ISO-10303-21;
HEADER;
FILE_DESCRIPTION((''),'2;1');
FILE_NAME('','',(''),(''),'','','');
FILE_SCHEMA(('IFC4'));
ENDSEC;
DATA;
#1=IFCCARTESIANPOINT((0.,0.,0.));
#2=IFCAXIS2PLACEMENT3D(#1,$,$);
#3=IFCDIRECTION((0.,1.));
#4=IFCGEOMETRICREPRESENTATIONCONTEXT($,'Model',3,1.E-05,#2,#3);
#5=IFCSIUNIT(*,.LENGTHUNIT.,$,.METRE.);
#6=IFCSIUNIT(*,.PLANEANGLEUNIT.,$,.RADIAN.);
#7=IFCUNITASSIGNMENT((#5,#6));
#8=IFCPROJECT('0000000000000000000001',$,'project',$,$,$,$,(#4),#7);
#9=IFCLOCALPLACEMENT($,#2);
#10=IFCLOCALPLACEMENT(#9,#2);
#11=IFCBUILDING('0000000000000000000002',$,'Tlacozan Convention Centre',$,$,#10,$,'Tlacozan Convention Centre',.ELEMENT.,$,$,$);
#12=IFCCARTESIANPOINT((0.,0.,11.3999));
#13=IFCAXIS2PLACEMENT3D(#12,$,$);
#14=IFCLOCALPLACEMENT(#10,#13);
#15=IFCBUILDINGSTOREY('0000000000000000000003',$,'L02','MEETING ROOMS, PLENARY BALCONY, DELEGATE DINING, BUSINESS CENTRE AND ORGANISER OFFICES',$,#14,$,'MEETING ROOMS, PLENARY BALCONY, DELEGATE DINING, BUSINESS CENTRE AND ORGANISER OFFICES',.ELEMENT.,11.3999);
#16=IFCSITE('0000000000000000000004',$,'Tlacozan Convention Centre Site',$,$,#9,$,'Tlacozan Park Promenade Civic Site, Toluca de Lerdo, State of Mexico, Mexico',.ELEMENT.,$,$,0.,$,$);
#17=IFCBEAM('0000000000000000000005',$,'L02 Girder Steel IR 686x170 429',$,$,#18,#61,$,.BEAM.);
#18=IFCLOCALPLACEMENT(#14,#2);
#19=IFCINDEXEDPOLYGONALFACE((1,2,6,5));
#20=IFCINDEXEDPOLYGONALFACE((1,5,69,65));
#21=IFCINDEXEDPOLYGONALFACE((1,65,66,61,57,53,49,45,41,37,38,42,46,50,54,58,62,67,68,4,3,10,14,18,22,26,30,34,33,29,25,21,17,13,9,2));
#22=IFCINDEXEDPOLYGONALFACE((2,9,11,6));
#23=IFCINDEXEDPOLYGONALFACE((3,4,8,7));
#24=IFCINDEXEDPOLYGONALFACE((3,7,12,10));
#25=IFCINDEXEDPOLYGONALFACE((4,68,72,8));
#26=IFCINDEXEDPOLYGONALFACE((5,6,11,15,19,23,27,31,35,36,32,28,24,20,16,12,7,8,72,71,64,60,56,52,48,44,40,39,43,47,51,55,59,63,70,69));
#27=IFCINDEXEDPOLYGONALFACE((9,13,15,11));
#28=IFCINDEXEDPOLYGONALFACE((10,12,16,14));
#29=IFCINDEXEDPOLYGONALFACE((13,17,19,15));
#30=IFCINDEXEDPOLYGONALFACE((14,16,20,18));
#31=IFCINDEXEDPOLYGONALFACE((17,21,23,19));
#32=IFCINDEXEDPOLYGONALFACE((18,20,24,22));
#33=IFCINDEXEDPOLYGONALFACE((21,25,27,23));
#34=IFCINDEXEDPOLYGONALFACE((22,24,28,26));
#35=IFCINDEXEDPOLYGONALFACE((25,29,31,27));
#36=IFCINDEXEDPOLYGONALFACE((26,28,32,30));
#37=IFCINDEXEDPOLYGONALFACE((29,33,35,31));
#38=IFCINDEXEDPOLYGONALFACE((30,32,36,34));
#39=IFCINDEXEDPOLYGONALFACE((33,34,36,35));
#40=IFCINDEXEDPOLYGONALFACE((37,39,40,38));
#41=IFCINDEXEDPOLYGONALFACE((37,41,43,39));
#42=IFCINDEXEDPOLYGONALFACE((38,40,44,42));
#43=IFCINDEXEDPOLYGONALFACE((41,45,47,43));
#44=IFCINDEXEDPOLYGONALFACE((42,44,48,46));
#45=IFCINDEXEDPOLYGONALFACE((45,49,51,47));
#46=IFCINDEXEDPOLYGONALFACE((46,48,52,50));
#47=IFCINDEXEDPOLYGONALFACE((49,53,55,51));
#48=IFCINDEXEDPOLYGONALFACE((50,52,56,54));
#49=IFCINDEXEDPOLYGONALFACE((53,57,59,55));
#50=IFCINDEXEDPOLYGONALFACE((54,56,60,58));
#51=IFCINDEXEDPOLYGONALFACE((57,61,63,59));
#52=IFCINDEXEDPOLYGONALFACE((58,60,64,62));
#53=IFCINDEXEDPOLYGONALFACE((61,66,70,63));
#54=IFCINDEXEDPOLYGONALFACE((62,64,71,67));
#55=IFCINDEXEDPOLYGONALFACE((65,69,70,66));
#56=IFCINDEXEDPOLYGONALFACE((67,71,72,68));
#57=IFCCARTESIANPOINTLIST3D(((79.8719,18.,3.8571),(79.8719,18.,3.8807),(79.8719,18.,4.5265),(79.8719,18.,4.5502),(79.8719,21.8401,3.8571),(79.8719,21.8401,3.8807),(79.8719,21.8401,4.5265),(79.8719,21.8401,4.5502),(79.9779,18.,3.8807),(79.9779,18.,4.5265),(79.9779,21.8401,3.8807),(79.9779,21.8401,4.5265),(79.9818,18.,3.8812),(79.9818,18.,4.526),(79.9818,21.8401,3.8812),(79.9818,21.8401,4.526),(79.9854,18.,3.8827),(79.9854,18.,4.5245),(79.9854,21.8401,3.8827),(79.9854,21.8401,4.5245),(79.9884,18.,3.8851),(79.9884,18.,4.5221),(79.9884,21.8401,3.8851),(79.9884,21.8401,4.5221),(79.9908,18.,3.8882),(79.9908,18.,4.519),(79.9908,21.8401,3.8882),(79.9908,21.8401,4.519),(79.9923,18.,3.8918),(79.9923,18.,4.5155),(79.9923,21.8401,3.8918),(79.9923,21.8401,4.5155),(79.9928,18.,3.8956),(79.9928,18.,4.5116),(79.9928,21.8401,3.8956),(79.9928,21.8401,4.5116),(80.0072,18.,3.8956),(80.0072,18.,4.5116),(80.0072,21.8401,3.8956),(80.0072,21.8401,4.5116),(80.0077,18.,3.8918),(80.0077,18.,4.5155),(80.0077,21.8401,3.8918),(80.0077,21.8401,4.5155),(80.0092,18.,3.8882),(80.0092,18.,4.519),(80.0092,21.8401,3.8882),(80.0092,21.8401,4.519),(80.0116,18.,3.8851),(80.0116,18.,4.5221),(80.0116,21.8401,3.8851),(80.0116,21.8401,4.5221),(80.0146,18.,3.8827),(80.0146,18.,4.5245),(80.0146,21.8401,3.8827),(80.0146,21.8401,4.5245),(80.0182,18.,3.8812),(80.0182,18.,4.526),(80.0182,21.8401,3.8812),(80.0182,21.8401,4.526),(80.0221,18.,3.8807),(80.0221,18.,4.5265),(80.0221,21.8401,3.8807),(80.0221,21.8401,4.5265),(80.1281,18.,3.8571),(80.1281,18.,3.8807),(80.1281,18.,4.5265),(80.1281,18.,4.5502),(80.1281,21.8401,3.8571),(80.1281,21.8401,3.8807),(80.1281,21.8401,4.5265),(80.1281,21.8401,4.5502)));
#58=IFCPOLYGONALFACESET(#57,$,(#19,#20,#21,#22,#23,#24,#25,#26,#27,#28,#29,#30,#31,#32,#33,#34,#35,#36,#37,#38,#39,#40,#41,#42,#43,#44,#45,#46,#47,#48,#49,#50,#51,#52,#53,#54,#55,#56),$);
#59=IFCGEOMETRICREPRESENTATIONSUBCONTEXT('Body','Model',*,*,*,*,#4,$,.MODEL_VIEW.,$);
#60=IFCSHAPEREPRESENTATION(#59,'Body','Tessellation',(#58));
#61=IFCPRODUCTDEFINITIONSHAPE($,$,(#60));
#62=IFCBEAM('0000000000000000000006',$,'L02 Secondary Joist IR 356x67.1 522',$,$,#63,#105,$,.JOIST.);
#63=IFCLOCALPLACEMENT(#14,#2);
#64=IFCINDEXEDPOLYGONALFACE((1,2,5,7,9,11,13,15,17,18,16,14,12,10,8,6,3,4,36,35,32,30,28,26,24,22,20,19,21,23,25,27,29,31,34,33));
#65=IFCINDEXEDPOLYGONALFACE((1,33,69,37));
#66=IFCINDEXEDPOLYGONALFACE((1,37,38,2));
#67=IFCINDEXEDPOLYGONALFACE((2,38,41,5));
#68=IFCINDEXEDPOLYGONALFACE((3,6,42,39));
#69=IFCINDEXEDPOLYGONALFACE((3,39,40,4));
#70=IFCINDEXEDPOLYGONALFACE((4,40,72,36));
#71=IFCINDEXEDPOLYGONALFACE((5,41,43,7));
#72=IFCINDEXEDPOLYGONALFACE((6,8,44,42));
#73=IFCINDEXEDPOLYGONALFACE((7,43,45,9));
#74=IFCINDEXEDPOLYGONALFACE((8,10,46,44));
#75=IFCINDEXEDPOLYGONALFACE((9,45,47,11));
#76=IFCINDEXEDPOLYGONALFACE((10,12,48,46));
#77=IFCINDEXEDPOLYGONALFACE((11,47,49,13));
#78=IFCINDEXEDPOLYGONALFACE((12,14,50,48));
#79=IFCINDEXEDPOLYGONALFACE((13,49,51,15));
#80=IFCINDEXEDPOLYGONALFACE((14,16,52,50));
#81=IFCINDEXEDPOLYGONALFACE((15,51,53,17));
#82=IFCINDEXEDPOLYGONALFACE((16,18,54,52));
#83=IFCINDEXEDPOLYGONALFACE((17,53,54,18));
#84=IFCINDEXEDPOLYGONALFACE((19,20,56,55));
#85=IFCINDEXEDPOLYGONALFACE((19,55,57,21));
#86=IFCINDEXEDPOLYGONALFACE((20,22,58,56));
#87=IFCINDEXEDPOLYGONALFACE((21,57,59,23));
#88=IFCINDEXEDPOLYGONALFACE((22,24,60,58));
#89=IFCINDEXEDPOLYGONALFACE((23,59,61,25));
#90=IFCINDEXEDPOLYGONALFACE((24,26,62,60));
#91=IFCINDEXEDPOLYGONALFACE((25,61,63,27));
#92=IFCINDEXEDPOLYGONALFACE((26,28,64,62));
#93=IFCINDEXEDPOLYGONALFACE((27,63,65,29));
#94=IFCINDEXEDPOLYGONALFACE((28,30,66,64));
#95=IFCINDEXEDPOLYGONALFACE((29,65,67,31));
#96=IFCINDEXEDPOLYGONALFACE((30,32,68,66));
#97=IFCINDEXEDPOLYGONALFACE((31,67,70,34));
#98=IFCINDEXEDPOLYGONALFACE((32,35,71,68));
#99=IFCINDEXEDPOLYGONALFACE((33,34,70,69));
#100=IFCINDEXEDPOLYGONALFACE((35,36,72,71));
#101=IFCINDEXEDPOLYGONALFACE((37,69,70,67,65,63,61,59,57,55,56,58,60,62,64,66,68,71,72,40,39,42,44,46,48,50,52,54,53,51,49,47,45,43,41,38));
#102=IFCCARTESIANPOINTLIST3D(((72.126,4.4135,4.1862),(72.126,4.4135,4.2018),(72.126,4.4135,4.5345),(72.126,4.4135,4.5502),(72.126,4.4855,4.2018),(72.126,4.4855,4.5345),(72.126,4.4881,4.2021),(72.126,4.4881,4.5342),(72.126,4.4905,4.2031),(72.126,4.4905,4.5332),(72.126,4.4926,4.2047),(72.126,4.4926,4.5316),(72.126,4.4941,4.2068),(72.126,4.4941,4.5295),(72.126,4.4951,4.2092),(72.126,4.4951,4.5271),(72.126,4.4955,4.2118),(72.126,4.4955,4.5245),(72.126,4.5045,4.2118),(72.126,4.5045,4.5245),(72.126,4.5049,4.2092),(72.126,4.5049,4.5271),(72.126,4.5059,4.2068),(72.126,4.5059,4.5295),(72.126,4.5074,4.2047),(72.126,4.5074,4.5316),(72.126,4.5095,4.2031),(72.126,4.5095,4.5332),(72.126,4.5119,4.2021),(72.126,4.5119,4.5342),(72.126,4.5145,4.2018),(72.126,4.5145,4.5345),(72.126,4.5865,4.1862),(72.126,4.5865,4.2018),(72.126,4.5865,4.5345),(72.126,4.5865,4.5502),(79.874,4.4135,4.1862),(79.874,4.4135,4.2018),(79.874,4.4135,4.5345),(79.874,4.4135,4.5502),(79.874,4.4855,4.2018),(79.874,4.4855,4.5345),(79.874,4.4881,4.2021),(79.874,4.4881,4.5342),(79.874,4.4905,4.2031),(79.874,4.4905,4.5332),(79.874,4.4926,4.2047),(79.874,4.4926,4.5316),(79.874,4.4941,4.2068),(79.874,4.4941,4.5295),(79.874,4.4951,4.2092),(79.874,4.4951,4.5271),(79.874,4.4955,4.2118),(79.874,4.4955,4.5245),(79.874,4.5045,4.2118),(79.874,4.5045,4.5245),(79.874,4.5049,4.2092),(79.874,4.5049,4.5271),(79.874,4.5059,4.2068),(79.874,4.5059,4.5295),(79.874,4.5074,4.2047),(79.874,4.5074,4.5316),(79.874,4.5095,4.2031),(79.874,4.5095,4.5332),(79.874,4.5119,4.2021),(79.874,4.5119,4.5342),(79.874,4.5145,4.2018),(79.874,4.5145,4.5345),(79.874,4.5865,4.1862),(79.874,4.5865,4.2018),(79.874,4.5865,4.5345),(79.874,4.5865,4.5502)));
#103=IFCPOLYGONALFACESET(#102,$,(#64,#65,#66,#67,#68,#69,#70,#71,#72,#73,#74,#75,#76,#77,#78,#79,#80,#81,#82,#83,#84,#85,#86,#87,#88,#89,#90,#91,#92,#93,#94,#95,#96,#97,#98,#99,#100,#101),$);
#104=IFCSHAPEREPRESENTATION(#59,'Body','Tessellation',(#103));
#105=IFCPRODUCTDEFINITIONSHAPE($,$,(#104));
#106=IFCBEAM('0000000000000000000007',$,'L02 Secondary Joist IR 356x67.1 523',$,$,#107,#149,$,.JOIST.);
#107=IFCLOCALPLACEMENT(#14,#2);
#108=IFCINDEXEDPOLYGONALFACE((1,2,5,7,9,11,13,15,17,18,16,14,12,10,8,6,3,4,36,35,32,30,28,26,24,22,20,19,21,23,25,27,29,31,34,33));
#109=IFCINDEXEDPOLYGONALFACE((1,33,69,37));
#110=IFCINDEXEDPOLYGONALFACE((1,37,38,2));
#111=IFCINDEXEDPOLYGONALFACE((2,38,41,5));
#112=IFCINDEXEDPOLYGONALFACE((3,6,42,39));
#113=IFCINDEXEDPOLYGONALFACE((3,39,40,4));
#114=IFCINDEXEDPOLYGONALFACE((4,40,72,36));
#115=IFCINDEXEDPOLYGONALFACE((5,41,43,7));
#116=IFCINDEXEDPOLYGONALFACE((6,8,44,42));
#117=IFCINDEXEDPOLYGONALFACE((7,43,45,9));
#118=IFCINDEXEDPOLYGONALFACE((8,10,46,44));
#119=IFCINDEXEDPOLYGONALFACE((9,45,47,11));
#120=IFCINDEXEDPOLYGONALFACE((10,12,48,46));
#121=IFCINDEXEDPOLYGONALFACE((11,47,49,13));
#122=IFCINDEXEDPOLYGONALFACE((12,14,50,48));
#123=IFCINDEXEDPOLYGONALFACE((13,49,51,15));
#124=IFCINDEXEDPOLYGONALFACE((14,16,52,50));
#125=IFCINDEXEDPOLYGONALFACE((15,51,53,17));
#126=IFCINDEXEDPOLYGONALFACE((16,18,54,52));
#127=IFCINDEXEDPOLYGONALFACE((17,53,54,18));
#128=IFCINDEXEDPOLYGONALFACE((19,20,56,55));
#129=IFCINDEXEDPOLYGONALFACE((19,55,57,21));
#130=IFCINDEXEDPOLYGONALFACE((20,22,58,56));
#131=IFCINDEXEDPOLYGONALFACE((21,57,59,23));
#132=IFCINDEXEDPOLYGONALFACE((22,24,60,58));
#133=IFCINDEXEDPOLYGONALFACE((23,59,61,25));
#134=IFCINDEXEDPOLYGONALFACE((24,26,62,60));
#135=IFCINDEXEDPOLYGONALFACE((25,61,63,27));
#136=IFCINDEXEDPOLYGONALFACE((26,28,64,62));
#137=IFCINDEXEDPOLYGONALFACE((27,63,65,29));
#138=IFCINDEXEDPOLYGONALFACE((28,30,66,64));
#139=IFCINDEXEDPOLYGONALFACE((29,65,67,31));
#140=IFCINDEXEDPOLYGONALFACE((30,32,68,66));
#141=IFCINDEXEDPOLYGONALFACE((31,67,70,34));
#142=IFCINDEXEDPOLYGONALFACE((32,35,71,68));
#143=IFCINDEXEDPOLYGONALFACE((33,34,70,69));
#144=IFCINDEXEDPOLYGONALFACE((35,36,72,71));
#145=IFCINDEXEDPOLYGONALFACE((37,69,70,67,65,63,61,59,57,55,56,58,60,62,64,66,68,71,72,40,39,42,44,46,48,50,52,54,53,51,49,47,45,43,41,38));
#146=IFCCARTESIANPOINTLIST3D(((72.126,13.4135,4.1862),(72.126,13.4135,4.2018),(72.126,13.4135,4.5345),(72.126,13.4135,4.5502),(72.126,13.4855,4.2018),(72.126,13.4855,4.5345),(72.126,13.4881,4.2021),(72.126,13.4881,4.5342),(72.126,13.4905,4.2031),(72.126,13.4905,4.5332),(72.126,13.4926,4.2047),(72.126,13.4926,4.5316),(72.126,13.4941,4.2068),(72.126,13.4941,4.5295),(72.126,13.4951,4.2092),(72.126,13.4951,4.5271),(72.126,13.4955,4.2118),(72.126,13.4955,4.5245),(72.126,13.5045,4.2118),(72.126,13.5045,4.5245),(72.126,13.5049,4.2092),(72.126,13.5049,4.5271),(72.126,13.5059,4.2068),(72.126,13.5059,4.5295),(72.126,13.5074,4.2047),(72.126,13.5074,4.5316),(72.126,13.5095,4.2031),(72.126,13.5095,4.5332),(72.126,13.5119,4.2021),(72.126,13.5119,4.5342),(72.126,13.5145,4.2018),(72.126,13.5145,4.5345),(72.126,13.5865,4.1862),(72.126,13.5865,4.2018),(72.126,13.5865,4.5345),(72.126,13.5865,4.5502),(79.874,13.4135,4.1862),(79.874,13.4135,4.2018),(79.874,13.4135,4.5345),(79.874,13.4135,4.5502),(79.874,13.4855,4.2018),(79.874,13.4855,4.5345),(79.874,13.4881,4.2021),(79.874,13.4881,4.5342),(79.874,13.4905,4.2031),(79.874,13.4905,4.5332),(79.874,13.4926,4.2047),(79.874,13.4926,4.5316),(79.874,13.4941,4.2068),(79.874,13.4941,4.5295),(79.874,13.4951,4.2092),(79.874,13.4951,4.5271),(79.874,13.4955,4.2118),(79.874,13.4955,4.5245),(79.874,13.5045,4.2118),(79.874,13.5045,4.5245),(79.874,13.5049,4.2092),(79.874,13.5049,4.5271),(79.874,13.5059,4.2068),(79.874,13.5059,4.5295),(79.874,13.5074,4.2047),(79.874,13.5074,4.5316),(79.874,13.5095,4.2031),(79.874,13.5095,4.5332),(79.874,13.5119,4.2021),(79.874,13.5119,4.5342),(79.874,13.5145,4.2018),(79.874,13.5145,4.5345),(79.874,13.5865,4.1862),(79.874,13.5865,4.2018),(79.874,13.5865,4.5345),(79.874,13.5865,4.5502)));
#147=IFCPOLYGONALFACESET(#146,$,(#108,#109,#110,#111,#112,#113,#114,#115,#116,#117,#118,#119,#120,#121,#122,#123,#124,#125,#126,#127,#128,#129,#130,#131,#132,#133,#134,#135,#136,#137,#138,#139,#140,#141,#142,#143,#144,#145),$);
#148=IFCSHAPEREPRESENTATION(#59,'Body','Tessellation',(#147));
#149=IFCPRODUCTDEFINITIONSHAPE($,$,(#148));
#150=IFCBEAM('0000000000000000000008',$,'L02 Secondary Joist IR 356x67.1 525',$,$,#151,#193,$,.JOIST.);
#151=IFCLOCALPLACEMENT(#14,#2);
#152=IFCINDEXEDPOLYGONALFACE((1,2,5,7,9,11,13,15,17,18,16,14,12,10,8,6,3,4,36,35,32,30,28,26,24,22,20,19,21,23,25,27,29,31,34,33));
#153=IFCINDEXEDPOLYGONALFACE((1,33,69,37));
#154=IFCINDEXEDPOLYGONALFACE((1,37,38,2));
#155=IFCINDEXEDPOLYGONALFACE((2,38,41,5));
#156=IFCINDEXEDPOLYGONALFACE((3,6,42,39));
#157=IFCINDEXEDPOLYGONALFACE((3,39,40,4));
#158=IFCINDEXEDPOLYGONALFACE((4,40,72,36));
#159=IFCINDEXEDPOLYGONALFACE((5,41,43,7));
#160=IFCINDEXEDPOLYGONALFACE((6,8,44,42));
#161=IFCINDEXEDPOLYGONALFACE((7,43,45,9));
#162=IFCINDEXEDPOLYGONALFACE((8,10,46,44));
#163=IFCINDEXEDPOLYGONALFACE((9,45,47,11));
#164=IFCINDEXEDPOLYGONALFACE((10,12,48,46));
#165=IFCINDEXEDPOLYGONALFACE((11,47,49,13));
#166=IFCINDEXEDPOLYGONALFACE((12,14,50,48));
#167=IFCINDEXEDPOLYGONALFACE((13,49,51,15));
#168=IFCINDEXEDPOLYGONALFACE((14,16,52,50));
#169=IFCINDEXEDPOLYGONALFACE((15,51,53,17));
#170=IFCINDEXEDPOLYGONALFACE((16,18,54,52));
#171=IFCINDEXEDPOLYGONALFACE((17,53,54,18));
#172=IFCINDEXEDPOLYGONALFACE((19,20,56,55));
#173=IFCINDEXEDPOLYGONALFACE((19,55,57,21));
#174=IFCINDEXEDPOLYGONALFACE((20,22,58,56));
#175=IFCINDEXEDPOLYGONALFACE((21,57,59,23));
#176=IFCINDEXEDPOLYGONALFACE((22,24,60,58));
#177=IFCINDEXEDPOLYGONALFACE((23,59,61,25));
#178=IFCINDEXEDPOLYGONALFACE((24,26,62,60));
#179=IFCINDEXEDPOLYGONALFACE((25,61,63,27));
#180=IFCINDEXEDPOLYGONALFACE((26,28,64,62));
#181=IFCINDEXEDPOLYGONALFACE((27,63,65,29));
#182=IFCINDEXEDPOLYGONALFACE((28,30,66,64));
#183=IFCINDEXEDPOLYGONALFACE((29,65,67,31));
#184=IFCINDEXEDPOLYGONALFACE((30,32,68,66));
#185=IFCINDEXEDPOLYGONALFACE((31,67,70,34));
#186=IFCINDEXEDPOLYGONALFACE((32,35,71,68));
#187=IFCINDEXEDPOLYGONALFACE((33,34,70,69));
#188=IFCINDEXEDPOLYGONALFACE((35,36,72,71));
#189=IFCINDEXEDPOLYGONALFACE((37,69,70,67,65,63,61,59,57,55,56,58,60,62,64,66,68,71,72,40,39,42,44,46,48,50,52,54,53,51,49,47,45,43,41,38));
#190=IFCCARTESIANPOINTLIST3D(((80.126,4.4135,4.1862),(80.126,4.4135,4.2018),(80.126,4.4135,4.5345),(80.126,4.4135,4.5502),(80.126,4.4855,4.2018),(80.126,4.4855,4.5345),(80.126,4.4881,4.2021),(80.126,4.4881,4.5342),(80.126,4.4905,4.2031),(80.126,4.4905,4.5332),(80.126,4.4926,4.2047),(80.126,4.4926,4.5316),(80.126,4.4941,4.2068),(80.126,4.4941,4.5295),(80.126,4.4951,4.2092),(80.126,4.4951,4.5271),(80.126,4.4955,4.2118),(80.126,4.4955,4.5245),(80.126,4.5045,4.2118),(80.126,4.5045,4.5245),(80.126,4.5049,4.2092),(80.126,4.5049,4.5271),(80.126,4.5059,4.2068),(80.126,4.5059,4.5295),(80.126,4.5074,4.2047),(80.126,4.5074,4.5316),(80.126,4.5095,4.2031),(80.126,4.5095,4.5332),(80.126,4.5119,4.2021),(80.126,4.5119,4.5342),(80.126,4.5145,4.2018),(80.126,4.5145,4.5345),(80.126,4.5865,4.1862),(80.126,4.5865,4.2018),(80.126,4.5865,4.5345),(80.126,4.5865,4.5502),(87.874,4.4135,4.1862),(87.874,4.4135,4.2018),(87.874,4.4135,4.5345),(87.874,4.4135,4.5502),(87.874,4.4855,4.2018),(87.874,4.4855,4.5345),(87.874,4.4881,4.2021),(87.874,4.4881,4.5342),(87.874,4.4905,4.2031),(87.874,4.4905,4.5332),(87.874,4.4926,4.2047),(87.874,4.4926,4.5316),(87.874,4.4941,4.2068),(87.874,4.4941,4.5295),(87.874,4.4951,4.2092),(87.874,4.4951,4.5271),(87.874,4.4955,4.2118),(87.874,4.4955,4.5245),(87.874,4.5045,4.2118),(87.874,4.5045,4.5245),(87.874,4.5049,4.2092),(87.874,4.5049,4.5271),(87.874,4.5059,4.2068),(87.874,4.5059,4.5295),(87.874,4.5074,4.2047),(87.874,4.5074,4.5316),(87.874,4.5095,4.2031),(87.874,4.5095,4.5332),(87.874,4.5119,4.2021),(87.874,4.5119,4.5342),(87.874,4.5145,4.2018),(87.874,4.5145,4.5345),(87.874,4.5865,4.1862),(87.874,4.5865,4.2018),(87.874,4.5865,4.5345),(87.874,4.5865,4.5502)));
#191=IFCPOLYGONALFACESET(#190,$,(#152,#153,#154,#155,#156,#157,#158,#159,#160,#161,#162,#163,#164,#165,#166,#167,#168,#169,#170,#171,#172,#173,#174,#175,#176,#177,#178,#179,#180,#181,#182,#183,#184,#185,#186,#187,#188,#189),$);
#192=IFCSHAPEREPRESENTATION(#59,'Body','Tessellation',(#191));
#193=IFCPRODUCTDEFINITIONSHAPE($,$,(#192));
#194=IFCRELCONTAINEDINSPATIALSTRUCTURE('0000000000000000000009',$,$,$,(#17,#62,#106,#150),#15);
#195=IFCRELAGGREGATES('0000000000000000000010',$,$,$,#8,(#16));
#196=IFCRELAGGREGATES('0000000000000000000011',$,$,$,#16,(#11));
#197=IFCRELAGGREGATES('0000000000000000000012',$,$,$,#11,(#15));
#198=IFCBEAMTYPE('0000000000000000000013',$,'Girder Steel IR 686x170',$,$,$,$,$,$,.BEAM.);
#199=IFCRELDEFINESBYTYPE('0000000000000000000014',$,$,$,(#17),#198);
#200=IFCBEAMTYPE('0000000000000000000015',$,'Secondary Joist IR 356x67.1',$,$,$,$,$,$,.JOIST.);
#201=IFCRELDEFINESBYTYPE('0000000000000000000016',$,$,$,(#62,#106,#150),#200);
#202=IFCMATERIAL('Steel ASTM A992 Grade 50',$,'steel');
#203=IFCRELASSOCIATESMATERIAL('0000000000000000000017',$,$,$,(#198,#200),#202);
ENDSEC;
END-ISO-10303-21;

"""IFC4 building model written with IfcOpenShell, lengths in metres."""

from ifc_helpers import new_model, si_unit, direction, frame, origin, origin_2d, place, context, subcontext, project, spatial, i_section, extrude, material, material_profile, profile_set, type_object, element, save


model = new_model("IFC4")

# Units and contexts
model_context = context("Model", 3, precision=1e-05, world=origin(), true_north=direction((0.0, 1.0)))
body_context = subcontext(model_context, "Body", "Model", "MODEL_VIEW")
ifc_project = project(units=[si_unit("LENGTHUNIT", "METRE"), si_unit("PLANEANGLEUNIT", "RADIAN")], contexts=[model_context])

# Site, building, storey
site_placement = place(None, origin())
site = spatial("IfcSite", under=ifc_project, at=site_placement, Name="Tlacozan Convention Centre Site", LongName="Tlacozan Park Promenade Civic Site, Toluca de Lerdo, State of Mexico, Mexico", CompositionType="ELEMENT", RefElevation=0.0)
building_placement = place(site_placement, origin())
building = spatial("IfcBuilding", under=site, at=building_placement, Name="Tlacozan Convention Centre", LongName="Tlacozan Convention Centre", CompositionType="ELEMENT")
storey_placement = place(building_placement, frame((0.0, 0.0, 11.3999)))
storey = spatial("IfcBuildingStorey", under=building, at=storey_placement, Name="L02", Description="MEETING ROOMS, PLENARY BALCONY, DELEGATE DINING, BUSINESS CENTRE AND ORGANISER OFFICES", LongName="MEETING ROOMS, PLENARY BALCONY, DELEGATE DINING, BUSINESS CENTRE AND ORGANISER OFFICES", CompositionType="ELEMENT", Elevation=11.3999)

# Beams
ifc_material_1 = material(Name="Steel ASTM A992 Grade 50", Category="steel")
ifc_material_profile_1 = material_profile(ifc_material_1, i_section(OverallWidth=0.2561, OverallDepth=0.6931, WebThickness=0.0144, FlangeThickness=0.0237, FilletRadius=0.0149, at=origin_2d()), Name="IR 686x170.0")
ifc_profile_set_1 = profile_set([ifc_material_profile_1], Name="Steel ASTM A992 Grade 50")
beam_type_1 = type_object("IfcBeamType", Name="Girder Steel IR 686x170", PredefinedType="BEAM", material=ifc_profile_set_1)
beam_placement = place(storey_placement, frame((80.0, 18.0, 4.2036), z_axis=(0.0, 1.0, 0.0), x_axis=(-1.0, 0.0, 0.0)))
element("IfcBeam", 1, at=beam_placement, inside=storey, type_object=beam_type_1, Name="L02 Girder Steel IR 686x170 429", PredefinedType="BEAM", context=body_context, shape_type="SweptSolid", body=[
    extrude(i_section(OverallWidth=0.2561, OverallDepth=0.6931, WebThickness=0.0144, FlangeThickness=0.0237, FilletRadius=0.0149, at=origin_2d()), origin(), (0.0, 0.0, 1.0), 3.8401),
])
ifc_material_profile_2 = material_profile(ifc_material_1, i_section(OverallWidth=0.1731, OverallDepth=0.364, WebThickness=0.009, FlangeThickness=0.0156, FilletRadius=0.01, at=origin_2d()), Name="IR 356x67.1")
ifc_profile_set_2 = profile_set([ifc_material_profile_2], Name="Steel ASTM A992 Grade 50")
beam_type_2 = type_object("IfcBeamType", Name="Secondary Joist IR 356x67.1", PredefinedType="JOIST", material=ifc_profile_set_2)
for number, where, z_axis, x_axis, name in (
    (2, (72.126, 4.5, 4.3682), (1.0, 0.0, 0.0), (0.0, 1.0, 0.0), "L02 Secondary Joist IR 356x67.1 522"),
    (3, (72.126, 13.5, 4.3682), (1.0, 0.0, 0.0), (0.0, 1.0, 0.0), "L02 Secondary Joist IR 356x67.1 523"),
    (4, (80.126, 4.5, 4.3682), (1.0, 0.0, 0.0), (0.0, 1.0, 0.0), "L02 Secondary Joist IR 356x67.1 525"),
):
    element("IfcBeam", number, at=place(storey_placement, frame(where, z_axis=z_axis, x_axis=x_axis)), inside=storey, type_object=beam_type_2, Name=name, PredefinedType="JOIST", context=body_context, shape_type="SweptSolid", body=[
        extrude(i_section(OverallWidth=0.1731, OverallDepth=0.364, WebThickness=0.009, FlangeThickness=0.0156, FilletRadius=0.01, at=origin_2d()), origin(), (0.0, 0.0, 1.0), 7.748),
    ])

save(model, "model.ifc")
